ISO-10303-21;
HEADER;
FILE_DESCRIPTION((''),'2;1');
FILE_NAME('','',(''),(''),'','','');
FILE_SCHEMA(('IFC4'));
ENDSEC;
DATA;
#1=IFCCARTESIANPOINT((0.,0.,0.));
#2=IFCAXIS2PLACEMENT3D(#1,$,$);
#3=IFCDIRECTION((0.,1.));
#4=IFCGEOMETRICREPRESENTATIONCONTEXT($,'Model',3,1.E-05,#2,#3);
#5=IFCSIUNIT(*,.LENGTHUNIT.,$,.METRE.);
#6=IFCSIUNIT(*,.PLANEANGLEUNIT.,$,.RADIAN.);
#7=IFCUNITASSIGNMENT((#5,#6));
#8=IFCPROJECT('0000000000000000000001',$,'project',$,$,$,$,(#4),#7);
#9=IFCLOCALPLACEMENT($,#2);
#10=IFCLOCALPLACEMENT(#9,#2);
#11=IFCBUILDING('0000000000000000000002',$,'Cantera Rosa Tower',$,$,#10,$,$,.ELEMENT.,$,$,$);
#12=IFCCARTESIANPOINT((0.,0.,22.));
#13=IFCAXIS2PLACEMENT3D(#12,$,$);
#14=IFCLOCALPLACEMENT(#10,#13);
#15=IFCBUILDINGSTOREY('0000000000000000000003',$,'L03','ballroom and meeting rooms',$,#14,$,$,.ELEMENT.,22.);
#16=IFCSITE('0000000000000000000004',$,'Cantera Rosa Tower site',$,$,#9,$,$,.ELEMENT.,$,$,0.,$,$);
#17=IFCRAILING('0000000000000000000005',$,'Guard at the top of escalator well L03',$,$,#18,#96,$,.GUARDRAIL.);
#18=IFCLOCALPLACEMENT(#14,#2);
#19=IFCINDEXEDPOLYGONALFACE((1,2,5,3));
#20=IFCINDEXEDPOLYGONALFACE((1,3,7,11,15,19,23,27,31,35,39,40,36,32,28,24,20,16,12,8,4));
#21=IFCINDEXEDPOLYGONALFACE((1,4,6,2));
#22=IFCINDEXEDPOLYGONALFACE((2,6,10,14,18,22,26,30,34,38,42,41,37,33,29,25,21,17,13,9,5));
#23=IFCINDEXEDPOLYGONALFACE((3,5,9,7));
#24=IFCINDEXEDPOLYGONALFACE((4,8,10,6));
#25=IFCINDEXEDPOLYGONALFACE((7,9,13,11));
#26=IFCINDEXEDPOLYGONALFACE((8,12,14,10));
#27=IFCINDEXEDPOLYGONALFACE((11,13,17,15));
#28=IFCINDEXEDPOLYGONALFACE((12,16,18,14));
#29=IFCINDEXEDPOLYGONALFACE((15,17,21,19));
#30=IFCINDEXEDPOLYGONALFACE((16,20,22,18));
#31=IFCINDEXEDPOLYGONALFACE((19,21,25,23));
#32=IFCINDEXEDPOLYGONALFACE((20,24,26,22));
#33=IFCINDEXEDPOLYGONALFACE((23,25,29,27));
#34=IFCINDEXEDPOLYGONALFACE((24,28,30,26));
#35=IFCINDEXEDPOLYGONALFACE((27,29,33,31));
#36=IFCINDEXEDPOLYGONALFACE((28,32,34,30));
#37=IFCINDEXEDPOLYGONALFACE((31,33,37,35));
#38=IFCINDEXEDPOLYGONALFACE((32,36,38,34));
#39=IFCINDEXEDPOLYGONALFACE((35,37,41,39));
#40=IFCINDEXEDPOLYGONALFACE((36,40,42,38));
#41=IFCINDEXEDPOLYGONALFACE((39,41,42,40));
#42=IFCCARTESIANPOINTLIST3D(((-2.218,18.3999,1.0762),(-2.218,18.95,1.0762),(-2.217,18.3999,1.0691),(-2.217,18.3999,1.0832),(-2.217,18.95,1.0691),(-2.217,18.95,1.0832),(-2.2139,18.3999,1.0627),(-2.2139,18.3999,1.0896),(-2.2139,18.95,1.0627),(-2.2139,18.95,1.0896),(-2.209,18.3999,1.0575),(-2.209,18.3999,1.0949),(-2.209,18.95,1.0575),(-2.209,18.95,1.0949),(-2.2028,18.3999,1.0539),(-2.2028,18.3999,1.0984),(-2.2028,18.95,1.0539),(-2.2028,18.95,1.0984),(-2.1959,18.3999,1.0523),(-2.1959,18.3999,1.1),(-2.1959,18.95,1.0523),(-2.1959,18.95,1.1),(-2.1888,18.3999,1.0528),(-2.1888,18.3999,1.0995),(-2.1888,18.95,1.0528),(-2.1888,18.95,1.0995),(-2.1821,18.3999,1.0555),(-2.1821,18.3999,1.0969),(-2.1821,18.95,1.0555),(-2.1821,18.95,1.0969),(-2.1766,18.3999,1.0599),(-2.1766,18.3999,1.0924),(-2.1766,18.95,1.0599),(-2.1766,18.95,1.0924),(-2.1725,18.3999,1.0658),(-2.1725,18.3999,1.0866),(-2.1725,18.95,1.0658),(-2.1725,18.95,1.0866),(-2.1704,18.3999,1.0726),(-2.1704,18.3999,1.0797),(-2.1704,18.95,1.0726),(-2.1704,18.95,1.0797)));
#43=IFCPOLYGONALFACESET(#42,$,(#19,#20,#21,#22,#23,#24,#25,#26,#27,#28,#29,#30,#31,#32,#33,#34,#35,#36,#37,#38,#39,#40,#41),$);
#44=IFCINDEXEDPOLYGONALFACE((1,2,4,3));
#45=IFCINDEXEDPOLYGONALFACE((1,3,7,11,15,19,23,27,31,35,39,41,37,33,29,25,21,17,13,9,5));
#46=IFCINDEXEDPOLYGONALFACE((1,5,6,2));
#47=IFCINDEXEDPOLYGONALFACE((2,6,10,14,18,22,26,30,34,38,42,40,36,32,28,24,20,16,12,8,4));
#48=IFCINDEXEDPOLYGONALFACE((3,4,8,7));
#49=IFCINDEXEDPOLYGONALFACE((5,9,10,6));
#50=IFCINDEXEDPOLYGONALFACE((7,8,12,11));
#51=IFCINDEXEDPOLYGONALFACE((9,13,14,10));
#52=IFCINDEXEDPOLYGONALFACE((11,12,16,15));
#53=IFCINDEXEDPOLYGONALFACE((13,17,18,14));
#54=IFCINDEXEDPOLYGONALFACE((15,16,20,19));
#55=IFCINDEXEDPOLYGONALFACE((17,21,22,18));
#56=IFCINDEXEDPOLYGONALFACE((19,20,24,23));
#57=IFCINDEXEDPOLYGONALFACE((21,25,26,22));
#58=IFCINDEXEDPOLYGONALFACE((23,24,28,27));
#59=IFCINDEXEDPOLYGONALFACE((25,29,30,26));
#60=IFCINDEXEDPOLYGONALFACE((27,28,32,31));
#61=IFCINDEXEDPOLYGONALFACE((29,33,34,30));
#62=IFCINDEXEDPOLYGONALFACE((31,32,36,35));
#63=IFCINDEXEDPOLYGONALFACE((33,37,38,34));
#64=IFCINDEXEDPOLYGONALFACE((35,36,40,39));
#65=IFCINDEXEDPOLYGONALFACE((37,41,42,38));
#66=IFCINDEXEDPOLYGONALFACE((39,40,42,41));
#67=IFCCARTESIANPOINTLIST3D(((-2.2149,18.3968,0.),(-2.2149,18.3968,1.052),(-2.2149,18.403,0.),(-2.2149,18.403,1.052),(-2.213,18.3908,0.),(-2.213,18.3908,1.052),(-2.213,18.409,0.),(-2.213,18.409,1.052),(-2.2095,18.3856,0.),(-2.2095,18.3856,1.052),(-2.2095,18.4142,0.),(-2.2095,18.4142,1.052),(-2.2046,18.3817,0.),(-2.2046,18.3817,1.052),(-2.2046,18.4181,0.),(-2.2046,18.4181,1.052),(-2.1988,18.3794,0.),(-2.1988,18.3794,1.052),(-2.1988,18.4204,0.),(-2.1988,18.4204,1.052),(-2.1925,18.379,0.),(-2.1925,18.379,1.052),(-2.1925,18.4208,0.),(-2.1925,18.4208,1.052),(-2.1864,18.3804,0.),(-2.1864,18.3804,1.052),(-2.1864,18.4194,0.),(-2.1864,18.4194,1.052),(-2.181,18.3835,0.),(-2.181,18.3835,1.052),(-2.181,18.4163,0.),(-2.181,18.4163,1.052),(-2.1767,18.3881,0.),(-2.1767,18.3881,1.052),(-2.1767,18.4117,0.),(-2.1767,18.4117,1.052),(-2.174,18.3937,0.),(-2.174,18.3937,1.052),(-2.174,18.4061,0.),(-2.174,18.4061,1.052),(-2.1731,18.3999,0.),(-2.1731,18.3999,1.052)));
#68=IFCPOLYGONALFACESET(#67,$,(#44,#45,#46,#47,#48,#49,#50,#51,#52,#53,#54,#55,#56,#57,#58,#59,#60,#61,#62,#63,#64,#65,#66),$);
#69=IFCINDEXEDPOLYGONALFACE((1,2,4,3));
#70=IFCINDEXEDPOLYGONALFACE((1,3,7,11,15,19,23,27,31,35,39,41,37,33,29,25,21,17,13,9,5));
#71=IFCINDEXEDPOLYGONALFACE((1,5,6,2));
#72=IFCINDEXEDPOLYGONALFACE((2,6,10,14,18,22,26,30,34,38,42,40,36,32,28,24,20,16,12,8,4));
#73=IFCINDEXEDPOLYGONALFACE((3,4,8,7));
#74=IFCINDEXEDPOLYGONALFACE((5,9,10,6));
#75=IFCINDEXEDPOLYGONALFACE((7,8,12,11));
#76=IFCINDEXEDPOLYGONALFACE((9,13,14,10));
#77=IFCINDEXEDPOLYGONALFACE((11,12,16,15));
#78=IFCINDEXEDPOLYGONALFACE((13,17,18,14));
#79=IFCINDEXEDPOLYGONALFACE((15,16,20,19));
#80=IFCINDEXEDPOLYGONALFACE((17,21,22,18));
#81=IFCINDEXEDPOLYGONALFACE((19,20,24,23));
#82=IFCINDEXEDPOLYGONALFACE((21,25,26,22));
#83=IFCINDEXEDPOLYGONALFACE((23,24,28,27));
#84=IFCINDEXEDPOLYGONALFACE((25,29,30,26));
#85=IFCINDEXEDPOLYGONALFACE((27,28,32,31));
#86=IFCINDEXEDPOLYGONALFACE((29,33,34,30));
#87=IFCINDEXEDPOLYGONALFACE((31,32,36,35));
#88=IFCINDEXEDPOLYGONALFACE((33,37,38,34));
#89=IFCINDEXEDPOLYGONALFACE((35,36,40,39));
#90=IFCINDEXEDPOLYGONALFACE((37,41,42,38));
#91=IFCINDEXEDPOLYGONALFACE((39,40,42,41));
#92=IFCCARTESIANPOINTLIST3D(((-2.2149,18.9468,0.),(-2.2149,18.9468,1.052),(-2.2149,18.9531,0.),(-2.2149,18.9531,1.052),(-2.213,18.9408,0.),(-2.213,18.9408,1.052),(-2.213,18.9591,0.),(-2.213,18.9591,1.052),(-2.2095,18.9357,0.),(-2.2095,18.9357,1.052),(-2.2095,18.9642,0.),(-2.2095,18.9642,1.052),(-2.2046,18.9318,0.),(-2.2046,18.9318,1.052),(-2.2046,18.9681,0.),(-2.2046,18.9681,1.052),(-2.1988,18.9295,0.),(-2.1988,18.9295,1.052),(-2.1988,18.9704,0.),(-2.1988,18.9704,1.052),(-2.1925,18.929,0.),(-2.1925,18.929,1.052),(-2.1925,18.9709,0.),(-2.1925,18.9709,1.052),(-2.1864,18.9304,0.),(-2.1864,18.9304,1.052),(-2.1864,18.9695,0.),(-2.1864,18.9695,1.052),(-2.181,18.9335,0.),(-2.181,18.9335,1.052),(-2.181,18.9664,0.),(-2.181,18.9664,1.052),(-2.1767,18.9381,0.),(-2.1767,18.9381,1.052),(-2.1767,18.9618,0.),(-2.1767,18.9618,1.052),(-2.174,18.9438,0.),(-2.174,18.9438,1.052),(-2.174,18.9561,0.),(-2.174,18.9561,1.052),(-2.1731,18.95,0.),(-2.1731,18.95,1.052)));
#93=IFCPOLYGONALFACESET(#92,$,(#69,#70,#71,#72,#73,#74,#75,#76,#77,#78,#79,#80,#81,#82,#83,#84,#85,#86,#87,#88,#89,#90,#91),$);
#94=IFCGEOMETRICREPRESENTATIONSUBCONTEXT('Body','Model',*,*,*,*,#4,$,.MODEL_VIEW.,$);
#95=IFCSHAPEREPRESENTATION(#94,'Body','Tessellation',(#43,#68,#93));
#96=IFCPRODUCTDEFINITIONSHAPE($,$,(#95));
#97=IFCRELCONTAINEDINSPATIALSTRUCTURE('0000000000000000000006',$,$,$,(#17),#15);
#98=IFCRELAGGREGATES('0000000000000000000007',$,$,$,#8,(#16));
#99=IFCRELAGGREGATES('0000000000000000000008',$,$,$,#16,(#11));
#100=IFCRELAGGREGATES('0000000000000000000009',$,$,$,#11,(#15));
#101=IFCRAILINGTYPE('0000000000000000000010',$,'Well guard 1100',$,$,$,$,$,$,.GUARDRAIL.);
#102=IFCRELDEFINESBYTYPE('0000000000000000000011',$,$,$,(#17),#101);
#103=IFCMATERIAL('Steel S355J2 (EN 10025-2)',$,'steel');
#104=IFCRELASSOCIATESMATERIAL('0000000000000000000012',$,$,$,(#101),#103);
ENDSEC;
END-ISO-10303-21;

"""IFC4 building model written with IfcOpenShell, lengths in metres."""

from ifc_helpers import new_model, si_unit, direction, frame, origin, origin_2d, place, context, subcontext, project, spatial, circle, extrude, material, type_object, element, save


model = new_model("IFC4")

# Units and contexts
model_context = context("Model", 3, precision=1e-05, world=origin(), true_north=direction((0.0, 1.0)))
body_context = subcontext(model_context, "Body", "Model", "MODEL_VIEW")
ifc_project = project(units=[si_unit("LENGTHUNIT", "METRE"), si_unit("PLANEANGLEUNIT", "RADIAN")], contexts=[model_context])

# Site, building, storey
site_placement = place(None, origin())
site = spatial("IfcSite", under=ifc_project, at=site_placement, Name="Cantera Rosa Tower site", CompositionType="ELEMENT", RefElevation=0.0)
building_placement = place(site_placement, origin())
building = spatial("IfcBuilding", under=site, at=building_placement, Name="Cantera Rosa Tower", CompositionType="ELEMENT")
storey_placement = place(building_placement, frame((0.0, 0.0, 22.0)))
storey = spatial("IfcBuildingStorey", under=building, at=storey_placement, Name="L03", Description="ballroom and meeting rooms", CompositionType="ELEMENT", Elevation=22.0)

# Railing
ifc_material_1 = material(Name="Steel S355J2 (EN 10025-2)", Category="steel")
railing_type_1 = type_object("IfcRailingType", Name="Well guard 1100", PredefinedType="GUARDRAIL", material=ifc_material_1)
railing_1_placement = place(storey_placement, frame((-2.1941, 18.3999, 0.0)))
element("IfcRailing", 1, at=railing_1_placement, inside=storey, type_object=railing_type_1, Name="Guard at the top of escalator well L03", PredefinedType="GUARDRAIL", context=body_context, shape_type="SweptSolid", body=[
    extrude(circle(Radius=0.0239, at=origin_2d()), frame((0.0, 0.0, 1.0762), z_axis=(0.0, 1.0, 0.0), x_axis=(-1.0, 0.0, 0.0)), (0.0, 0.0, 1.0), 0.55),
    extrude(circle(Radius=0.021, at=origin_2d()), origin(), (0.0, 0.0, 1.0), 1.052),
    extrude(circle(Radius=0.021, at=origin_2d()), frame((0.0, 0.55, 0.0)), (0.0, 0.0, 1.0), 1.052),
])

save(model, "model.ifc")
